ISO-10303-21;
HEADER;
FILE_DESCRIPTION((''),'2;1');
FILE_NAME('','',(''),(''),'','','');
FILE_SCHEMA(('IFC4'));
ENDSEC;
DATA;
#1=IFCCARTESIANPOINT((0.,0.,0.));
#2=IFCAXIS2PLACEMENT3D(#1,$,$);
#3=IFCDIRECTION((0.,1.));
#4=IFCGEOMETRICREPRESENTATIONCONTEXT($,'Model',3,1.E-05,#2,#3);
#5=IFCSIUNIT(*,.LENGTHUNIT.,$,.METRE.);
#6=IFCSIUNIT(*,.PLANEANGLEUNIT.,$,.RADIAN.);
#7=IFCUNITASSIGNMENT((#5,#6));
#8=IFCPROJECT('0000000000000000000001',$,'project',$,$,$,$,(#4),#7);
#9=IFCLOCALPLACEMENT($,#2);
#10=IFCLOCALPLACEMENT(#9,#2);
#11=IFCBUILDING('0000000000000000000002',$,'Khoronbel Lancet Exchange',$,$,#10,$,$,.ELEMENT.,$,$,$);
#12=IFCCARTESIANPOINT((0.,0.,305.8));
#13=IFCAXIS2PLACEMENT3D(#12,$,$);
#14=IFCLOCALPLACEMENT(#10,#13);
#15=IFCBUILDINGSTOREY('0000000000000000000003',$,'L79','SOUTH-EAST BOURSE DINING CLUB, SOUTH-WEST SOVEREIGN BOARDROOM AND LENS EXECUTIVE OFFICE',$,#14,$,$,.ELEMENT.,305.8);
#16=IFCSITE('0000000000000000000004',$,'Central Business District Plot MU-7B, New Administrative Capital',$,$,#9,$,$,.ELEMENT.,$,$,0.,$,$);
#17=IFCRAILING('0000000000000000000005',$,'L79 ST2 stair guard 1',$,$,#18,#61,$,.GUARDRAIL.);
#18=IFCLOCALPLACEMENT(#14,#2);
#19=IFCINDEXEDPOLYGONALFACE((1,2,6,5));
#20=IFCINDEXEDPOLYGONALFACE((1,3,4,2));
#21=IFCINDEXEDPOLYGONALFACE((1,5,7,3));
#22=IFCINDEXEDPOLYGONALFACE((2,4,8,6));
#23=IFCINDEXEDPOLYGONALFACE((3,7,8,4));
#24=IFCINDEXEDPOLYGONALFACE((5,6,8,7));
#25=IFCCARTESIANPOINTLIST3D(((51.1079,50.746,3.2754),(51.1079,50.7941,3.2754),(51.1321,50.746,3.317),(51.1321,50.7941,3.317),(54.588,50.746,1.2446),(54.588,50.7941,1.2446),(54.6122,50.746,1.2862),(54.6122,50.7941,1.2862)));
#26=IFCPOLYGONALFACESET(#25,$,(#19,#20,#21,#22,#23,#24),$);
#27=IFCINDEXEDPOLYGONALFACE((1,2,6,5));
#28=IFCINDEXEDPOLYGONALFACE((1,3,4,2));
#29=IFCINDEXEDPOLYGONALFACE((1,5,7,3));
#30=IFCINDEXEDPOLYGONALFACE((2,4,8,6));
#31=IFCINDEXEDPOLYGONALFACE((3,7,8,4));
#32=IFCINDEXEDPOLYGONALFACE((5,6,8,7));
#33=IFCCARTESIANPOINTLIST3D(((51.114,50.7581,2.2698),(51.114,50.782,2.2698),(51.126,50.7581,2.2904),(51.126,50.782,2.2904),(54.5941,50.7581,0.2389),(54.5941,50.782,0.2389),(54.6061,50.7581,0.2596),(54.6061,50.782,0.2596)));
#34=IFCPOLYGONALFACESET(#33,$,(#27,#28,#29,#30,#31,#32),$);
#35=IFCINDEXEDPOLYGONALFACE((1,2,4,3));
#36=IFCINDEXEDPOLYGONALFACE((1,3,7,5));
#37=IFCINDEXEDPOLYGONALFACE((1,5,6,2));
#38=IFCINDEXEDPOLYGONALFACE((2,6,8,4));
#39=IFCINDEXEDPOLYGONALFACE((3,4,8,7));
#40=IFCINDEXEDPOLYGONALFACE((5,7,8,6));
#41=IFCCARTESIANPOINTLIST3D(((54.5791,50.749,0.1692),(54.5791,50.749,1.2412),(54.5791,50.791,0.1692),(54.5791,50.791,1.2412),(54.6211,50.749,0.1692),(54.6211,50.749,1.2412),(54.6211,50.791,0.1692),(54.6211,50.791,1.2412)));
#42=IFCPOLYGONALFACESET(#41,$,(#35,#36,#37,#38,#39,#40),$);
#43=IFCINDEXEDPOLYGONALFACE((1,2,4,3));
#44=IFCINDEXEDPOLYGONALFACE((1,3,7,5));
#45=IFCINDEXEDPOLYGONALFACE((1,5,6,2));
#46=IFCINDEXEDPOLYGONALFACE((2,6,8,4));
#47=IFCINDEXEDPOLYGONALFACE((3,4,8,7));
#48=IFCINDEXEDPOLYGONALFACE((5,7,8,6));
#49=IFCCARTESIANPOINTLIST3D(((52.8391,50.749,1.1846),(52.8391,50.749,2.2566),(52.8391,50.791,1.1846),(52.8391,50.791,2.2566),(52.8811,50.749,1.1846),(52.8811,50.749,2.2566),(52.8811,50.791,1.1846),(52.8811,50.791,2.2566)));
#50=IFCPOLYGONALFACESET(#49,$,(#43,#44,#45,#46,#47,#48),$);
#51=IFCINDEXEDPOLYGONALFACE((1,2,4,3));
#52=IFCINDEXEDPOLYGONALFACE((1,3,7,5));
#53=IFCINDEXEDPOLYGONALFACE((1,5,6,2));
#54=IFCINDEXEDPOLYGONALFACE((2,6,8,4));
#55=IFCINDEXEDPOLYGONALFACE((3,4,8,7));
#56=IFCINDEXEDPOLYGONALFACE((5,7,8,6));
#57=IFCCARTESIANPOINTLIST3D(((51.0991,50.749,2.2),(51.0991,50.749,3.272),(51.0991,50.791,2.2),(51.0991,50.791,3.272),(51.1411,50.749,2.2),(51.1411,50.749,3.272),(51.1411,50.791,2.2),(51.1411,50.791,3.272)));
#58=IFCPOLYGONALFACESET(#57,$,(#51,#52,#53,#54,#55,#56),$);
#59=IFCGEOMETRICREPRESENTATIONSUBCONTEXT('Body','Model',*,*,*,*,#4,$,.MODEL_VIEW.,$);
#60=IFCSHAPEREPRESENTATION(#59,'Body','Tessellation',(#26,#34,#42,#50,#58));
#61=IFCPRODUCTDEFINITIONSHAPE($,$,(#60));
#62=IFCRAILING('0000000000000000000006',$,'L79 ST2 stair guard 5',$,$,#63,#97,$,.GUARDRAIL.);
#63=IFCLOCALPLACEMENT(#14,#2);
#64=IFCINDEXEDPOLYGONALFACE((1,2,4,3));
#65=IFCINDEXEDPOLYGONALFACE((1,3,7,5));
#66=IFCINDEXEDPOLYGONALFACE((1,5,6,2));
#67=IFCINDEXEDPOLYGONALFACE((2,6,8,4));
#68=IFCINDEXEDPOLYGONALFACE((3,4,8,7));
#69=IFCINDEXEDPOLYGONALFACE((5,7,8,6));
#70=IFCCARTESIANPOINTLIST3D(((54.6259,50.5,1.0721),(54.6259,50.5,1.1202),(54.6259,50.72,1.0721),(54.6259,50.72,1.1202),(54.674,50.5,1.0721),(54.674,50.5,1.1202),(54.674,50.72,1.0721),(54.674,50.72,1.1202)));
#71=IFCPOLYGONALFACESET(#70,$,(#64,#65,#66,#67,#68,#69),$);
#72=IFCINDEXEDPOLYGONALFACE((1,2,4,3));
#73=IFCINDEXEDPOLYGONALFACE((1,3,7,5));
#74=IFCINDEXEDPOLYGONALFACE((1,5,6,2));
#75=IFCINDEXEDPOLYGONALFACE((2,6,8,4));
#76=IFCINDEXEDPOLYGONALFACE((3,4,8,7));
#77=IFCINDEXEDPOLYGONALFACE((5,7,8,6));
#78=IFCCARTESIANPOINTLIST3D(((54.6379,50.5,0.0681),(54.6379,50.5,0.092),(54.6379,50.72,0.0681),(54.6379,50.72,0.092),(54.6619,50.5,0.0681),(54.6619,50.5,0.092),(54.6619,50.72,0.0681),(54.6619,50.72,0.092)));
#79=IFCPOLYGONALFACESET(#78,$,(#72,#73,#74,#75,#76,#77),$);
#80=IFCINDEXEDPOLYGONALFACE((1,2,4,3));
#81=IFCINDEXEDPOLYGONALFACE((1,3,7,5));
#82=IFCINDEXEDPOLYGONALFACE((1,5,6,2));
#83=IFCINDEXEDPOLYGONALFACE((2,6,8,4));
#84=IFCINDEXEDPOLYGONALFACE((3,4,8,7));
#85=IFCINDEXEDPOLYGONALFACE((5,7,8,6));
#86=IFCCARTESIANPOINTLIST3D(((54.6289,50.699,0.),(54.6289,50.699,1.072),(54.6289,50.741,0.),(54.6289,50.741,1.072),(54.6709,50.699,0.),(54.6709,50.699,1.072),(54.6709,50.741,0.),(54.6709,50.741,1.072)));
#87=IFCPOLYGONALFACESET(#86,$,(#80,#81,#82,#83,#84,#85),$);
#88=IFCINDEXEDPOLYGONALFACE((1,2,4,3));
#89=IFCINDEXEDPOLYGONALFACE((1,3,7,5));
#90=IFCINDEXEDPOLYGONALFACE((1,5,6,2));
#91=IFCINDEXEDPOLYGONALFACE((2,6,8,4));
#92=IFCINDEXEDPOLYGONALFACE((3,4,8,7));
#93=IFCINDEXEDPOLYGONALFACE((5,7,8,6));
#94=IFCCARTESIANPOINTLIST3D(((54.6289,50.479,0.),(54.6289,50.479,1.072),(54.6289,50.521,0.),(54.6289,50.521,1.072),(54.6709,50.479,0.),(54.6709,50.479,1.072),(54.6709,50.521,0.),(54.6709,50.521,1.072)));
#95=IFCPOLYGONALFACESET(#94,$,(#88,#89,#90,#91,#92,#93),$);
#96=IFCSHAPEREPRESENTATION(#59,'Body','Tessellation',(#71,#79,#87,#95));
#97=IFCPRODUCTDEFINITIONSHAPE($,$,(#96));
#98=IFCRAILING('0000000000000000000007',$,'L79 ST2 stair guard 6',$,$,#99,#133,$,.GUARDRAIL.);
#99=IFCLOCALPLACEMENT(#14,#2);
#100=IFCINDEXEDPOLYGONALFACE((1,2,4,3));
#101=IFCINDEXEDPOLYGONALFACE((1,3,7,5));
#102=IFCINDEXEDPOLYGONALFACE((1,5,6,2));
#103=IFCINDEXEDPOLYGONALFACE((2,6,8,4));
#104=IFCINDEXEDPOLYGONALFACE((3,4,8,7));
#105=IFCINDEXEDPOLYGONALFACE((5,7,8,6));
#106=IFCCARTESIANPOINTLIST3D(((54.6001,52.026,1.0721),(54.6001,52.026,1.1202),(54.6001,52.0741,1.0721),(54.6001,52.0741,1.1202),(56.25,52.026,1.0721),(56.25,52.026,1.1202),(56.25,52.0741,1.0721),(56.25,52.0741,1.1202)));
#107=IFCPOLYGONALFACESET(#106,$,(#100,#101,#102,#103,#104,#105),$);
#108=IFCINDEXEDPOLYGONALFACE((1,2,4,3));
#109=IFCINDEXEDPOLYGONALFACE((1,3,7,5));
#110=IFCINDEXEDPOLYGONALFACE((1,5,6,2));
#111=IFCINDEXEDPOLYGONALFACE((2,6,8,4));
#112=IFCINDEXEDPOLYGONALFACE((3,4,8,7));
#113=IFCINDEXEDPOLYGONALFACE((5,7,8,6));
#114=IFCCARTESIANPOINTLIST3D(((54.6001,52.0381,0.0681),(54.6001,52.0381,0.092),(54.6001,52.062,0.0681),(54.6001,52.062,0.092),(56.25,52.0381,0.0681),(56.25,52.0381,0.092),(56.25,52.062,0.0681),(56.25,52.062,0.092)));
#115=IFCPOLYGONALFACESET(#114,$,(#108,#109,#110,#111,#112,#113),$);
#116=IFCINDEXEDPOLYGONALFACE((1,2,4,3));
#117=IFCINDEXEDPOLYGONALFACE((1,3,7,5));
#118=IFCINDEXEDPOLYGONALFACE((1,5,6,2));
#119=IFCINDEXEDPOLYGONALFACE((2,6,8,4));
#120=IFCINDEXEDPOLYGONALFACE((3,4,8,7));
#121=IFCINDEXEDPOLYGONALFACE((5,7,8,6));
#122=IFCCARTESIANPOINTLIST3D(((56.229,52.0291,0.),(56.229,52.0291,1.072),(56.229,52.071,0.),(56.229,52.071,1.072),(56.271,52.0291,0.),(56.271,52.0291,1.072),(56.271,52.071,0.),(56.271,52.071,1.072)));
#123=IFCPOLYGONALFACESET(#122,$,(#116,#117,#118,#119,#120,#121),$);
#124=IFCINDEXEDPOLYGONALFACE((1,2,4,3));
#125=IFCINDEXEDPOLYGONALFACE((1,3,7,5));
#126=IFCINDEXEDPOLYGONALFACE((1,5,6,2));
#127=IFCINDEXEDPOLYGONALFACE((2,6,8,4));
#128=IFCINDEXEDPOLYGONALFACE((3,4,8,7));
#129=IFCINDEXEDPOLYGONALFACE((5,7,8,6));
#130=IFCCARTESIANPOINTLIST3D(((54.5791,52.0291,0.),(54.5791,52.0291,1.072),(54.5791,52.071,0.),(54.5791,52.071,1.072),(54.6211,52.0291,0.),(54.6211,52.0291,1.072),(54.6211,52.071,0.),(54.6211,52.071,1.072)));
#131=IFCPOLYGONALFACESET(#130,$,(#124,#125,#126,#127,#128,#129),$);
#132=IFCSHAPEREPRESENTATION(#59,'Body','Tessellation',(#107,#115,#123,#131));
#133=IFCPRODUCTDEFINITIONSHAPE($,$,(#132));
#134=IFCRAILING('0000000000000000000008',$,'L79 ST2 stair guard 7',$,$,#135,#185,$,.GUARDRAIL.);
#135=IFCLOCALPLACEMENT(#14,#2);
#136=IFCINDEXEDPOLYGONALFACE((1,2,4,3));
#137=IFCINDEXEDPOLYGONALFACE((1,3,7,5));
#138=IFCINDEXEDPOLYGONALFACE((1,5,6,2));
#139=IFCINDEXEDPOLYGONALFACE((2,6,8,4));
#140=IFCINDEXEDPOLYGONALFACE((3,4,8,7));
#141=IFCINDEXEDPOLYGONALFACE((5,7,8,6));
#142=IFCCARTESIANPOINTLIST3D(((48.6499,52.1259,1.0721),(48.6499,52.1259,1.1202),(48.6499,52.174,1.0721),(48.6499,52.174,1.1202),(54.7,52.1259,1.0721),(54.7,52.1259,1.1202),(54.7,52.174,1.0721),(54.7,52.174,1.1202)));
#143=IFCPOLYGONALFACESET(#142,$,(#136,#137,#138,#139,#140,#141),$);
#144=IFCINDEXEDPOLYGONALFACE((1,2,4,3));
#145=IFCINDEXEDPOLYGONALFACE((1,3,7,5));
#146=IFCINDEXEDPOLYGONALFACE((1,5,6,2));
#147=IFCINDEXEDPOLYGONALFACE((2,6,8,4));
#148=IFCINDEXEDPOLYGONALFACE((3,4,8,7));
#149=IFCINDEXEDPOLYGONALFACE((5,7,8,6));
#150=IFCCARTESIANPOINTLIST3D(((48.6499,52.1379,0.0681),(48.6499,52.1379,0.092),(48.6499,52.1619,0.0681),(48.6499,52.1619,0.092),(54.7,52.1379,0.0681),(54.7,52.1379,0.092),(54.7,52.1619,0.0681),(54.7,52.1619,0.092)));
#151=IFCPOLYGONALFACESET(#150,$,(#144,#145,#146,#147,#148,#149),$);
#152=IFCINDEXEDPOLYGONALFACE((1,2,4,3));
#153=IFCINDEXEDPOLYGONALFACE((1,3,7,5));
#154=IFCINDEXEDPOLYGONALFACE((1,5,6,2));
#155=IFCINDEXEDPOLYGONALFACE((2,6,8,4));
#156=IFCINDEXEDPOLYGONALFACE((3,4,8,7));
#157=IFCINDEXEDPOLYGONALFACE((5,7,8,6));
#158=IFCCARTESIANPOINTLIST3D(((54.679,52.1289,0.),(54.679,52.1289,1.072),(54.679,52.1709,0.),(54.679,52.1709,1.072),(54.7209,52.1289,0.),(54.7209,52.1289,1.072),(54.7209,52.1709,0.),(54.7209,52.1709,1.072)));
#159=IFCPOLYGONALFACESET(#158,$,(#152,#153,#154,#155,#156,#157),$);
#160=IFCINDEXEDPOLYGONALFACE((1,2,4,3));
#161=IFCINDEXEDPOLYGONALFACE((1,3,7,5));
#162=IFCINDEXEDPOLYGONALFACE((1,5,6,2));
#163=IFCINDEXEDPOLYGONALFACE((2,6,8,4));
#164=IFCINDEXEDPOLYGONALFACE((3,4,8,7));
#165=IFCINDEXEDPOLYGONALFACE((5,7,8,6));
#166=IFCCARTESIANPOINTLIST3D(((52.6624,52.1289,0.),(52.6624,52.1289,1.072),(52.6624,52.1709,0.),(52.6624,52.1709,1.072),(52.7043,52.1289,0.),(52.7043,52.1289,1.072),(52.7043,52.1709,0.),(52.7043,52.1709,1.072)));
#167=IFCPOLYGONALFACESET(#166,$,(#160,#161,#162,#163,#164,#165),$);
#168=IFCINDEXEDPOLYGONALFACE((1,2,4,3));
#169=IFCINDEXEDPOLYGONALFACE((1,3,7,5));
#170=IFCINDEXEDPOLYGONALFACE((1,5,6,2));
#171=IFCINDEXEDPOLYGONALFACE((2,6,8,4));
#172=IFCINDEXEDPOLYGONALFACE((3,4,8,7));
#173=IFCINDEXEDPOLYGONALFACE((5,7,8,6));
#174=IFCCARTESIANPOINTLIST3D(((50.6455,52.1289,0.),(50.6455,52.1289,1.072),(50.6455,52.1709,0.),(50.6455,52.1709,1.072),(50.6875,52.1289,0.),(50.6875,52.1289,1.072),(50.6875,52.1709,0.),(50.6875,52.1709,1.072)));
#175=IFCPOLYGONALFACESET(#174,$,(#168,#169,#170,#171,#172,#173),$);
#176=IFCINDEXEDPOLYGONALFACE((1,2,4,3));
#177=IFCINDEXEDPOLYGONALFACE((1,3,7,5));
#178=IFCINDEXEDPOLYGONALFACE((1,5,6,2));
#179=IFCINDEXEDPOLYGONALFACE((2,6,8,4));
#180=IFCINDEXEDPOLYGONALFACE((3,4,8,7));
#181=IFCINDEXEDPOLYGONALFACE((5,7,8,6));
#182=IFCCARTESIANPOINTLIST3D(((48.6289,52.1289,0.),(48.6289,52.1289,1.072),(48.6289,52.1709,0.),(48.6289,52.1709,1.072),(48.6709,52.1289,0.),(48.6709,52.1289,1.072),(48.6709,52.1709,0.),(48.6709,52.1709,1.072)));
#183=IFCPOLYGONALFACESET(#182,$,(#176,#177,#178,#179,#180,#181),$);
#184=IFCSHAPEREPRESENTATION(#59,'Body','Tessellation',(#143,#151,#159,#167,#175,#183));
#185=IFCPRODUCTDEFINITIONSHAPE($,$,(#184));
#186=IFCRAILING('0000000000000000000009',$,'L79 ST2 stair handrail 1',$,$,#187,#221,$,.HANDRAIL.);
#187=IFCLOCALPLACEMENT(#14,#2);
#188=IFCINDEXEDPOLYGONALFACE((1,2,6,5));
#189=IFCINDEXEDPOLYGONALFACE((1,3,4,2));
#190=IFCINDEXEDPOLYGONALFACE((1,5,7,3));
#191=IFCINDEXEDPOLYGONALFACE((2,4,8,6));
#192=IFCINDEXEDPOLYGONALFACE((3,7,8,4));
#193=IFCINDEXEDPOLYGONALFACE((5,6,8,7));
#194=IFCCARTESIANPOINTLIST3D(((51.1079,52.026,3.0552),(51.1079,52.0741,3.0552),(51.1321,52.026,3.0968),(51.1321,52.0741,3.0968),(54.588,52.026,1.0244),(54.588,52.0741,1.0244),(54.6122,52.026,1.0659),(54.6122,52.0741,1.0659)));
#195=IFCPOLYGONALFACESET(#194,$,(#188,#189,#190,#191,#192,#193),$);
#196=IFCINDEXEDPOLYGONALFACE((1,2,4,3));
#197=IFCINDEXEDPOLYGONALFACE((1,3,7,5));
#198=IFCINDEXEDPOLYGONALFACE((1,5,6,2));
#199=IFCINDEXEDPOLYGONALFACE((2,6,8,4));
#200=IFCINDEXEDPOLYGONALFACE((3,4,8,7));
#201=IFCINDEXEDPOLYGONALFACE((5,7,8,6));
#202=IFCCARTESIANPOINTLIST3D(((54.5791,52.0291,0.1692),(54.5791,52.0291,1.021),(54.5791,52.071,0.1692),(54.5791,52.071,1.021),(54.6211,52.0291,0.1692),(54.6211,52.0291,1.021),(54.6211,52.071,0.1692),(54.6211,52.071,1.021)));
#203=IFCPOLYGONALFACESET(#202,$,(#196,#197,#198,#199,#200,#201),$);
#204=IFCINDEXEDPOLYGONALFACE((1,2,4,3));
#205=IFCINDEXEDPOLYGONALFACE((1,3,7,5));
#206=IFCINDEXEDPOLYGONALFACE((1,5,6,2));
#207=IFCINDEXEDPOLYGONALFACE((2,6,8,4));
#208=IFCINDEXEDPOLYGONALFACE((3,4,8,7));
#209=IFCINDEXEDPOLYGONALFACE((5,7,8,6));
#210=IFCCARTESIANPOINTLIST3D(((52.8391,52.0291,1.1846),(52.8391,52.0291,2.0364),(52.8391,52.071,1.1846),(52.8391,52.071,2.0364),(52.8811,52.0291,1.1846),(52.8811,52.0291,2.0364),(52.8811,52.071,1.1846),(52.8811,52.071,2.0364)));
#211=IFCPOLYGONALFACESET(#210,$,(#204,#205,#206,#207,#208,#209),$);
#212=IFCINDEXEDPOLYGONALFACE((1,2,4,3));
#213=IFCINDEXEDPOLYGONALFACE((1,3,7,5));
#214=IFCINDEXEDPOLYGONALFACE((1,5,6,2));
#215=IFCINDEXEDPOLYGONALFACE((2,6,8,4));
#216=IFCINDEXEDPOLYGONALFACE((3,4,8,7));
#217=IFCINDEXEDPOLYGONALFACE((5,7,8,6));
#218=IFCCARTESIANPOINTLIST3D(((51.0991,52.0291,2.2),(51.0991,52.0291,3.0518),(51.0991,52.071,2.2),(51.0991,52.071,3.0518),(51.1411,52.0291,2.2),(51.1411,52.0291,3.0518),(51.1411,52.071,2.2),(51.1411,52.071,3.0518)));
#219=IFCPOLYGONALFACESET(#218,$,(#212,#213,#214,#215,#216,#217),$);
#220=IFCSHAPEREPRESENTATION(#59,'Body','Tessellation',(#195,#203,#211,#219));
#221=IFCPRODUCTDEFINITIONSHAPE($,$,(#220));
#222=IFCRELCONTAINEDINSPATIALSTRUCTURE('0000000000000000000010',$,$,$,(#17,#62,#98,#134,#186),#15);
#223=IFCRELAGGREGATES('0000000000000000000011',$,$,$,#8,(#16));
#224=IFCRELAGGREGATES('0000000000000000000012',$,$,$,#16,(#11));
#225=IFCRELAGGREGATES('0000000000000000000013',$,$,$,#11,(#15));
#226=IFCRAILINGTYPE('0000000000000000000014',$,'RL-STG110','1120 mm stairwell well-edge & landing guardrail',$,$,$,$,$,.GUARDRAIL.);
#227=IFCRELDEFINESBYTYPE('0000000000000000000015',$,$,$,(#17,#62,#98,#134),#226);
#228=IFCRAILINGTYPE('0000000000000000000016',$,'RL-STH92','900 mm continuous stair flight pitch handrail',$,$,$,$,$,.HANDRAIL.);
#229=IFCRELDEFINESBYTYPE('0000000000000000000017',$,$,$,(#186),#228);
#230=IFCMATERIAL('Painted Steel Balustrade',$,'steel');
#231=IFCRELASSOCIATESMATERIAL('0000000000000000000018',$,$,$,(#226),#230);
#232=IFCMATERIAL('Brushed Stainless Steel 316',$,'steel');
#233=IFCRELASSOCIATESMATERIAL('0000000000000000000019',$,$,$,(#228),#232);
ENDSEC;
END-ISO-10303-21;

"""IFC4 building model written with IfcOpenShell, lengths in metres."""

from ifc_helpers import new_model, si_unit, direction, frame, origin, origin_2d, place, context, subcontext, project, spatial, rectangle, extrude, material, type_object, element, save


model = new_model("IFC4")

# Units and contexts
model_context = context("Model", 3, precision=1e-05, world=origin(), true_north=direction((0.0, 1.0)))
body_context = subcontext(model_context, "Body", "Model", "MODEL_VIEW")
ifc_project = project(units=[si_unit("LENGTHUNIT", "METRE"), si_unit("PLANEANGLEUNIT", "RADIAN")], contexts=[model_context])

# Site, building, storey
site_placement = place(None, origin())
site = spatial("IfcSite", under=ifc_project, at=site_placement, Name="Central Business District Plot MU-7B, New Administrative Capital", CompositionType="ELEMENT", RefElevation=0.0)
building_placement = place(site_placement, origin())
building = spatial("IfcBuilding", under=site, at=building_placement, Name="Khoronbel Lancet Exchange", CompositionType="ELEMENT")
storey_placement = place(building_placement, frame((0.0, 0.0, 305.8)))
storey = spatial("IfcBuildingStorey", under=building, at=storey_placement, Name="L79", Description="SOUTH-EAST BOURSE DINING CLUB, SOUTH-WEST SOVEREIGN BOARDROOM AND LENS EXECUTIVE OFFICE", CompositionType="ELEMENT", Elevation=305.8)

# Railings
ifc_material_1 = material(Name="Painted Steel Balustrade", Category="steel")
railing_type_1 = type_object("IfcRailingType", Name="RL-STG110", Description="1120 mm stairwell well-edge & landing guardrail", PredefinedType="GUARDRAIL", material=ifc_material_1)
railing_1_placement = place(storey_placement, frame((54.6001, 50.77, 0.1692)))
element("IfcRailing", 1, at=railing_1_placement, inside=storey, type_object=railing_type_1, Name="L79 ST2 stair guard 1", PredefinedType="GUARDRAIL", context=body_context, shape_type="SweptSolid", body=[
    extrude(rectangle(XDim=0.0481, YDim=0.0481, at=origin_2d()), frame((0.0, 0.0, 1.0962), z_axis=(-0.863695, 0.0, 0.504014), x_axis=(0.0, -1.0, 0.0)), (0.0, 0.0, 1.0), 4.0293),
    extrude(rectangle(XDim=0.0239, YDim=0.0239, at=origin_2d()), frame((0.0, 0.0, 0.0801), z_axis=(-0.863695, 0.0, 0.504014), x_axis=(0.0, -1.0, 0.0)), (0.0, 0.0, 1.0), 4.0293),
    extrude(rectangle(XDim=0.042, YDim=0.042, at=origin_2d()), origin(), (0.0, 0.0, 1.0), 1.072),
    extrude(rectangle(XDim=0.042, YDim=0.042, at=origin_2d()), frame((-1.74, 0.0, 1.0154)), (0.0, 0.0, 1.0), 1.072),
    extrude(rectangle(XDim=0.042, YDim=0.042, at=origin_2d()), frame((-3.48, 0.0, 2.0308)), (0.0, 0.0, 1.0), 1.072),
])
railing_2_placement = place(storey_placement, frame((54.6499, 50.72, 0.0)))
element("IfcRailing", 2, at=railing_2_placement, inside=storey, type_object=railing_type_1, Name="L79 ST2 stair guard 5", PredefinedType="GUARDRAIL", context=body_context, shape_type="SweptSolid", body=[
    extrude(rectangle(XDim=0.0481, YDim=0.0481, at=origin_2d()), frame((0.0, 0.0, 1.0962), z_axis=(0.0, -1.0, 0.0), x_axis=(1.0, 0.0, 0.0)), (0.0, 0.0, 1.0), 0.22),
    extrude(rectangle(XDim=0.0239, YDim=0.0239, at=origin_2d()), frame((0.0, 0.0, 0.0801), z_axis=(0.0, -1.0, 0.0), x_axis=(1.0, 0.0, 0.0)), (0.0, 0.0, 1.0), 0.22),
    extrude(rectangle(XDim=0.042, YDim=0.042, at=origin_2d()), origin(), (0.0, 0.0, 1.0), 1.072),
    extrude(rectangle(XDim=0.042, YDim=0.042, at=origin_2d()), frame((0.0, -0.22, 0.0)), (0.0, 0.0, 1.0), 1.072),
])
railing_3_placement = place(storey_placement, frame((56.25, 52.05, 0.0)))
element("IfcRailing", 3, at=railing_3_placement, inside=storey, type_object=railing_type_1, Name="L79 ST2 stair guard 6", PredefinedType="GUARDRAIL", context=body_context, shape_type="SweptSolid", body=[
    extrude(rectangle(XDim=0.0481, YDim=0.0481, at=origin_2d()), frame((0.0, 0.0, 1.0962), z_axis=(-1.0, 0.0, 0.0), x_axis=(0.0, -1.0, 0.0)), (0.0, 0.0, 1.0), 1.6499),
    extrude(rectangle(XDim=0.0239, YDim=0.0239, at=origin_2d()), frame((0.0, 0.0, 0.0801), z_axis=(-1.0, 0.0, 0.0), x_axis=(0.0, -1.0, 0.0)), (0.0, 0.0, 1.0), 1.6499),
    extrude(rectangle(XDim=0.042, YDim=0.042, at=origin_2d()), origin(), (0.0, 0.0, 1.0), 1.072),
    extrude(rectangle(XDim=0.042, YDim=0.042, at=origin_2d()), frame((-1.6499, 0.0, 0.0)), (0.0, 0.0, 1.0), 1.072),
])
railing_4_placement = place(storey_placement, frame((54.7, 52.1499, 0.0)))
element("IfcRailing", 4, at=railing_4_placement, inside=storey, type_object=railing_type_1, Name="L79 ST2 stair guard 7", PredefinedType="GUARDRAIL", context=body_context, shape_type="SweptSolid", body=[
    extrude(rectangle(XDim=0.0481, YDim=0.0481, at=origin_2d()), frame((0.0, 0.0, 1.0962), z_axis=(-1.0, 0.0, 0.0), x_axis=(0.0, -1.0, 0.0)), (0.0, 0.0, 1.0), 6.05),
    extrude(rectangle(XDim=0.0239, YDim=0.0239, at=origin_2d()), frame((0.0, 0.0, 0.0801), z_axis=(-1.0, 0.0, 0.0), x_axis=(0.0, -1.0, 0.0)), (0.0, 0.0, 1.0), 6.05),
    extrude(rectangle(XDim=0.042, YDim=0.042, at=origin_2d()), origin(), (0.0, 0.0, 1.0), 1.072),
    extrude(rectangle(XDim=0.042, YDim=0.042, at=origin_2d()), frame((-2.0166, 0.0, 0.0)), (0.0, 0.0, 1.0), 1.072),
    extrude(rectangle(XDim=0.042, YDim=0.042, at=origin_2d()), frame((-4.0334, 0.0, 0.0)), (0.0, 0.0, 1.0), 1.072),
    extrude(rectangle(XDim=0.042, YDim=0.042, at=origin_2d()), frame((-6.05, 0.0, 0.0)), (0.0, 0.0, 1.0), 1.072),
])
ifc_material_2 = material(Name="Brushed Stainless Steel 316", Category="steel")
railing_type_2 = type_object("IfcRailingType", Name="RL-STH92", Description="900 mm continuous stair flight pitch handrail", PredefinedType="HANDRAIL", material=ifc_material_2)
railing_5_placement = place(storey_placement, frame((54.6001, 52.05, 0.1692)))
element("IfcRailing", 5, at=railing_5_placement, inside=storey, type_object=railing_type_2, Name="L79 ST2 stair handrail 1", PredefinedType="HANDRAIL", context=body_context, shape_type="SweptSolid", body=[
    extrude(rectangle(XDim=0.0481, YDim=0.0481, at=origin_2d()), frame((0.0, 0.0, 0.876), z_axis=(-0.863695, 0.0, 0.504014), x_axis=(0.0, -1.0, 0.0)), (0.0, 0.0, 1.0), 4.0293),
    extrude(rectangle(XDim=0.042, YDim=0.042, at=origin_2d()), origin(), (0.0, 0.0, 1.0), 0.8518),
    extrude(rectangle(XDim=0.042, YDim=0.042, at=origin_2d()), frame((-1.74, 0.0, 1.0154)), (0.0, 0.0, 1.0), 0.8518),
    extrude(rectangle(XDim=0.042, YDim=0.042, at=origin_2d()), frame((-3.48, 0.0, 2.0308)), (0.0, 0.0, 1.0), 0.8518),
])

save(model, "model.ifc")
